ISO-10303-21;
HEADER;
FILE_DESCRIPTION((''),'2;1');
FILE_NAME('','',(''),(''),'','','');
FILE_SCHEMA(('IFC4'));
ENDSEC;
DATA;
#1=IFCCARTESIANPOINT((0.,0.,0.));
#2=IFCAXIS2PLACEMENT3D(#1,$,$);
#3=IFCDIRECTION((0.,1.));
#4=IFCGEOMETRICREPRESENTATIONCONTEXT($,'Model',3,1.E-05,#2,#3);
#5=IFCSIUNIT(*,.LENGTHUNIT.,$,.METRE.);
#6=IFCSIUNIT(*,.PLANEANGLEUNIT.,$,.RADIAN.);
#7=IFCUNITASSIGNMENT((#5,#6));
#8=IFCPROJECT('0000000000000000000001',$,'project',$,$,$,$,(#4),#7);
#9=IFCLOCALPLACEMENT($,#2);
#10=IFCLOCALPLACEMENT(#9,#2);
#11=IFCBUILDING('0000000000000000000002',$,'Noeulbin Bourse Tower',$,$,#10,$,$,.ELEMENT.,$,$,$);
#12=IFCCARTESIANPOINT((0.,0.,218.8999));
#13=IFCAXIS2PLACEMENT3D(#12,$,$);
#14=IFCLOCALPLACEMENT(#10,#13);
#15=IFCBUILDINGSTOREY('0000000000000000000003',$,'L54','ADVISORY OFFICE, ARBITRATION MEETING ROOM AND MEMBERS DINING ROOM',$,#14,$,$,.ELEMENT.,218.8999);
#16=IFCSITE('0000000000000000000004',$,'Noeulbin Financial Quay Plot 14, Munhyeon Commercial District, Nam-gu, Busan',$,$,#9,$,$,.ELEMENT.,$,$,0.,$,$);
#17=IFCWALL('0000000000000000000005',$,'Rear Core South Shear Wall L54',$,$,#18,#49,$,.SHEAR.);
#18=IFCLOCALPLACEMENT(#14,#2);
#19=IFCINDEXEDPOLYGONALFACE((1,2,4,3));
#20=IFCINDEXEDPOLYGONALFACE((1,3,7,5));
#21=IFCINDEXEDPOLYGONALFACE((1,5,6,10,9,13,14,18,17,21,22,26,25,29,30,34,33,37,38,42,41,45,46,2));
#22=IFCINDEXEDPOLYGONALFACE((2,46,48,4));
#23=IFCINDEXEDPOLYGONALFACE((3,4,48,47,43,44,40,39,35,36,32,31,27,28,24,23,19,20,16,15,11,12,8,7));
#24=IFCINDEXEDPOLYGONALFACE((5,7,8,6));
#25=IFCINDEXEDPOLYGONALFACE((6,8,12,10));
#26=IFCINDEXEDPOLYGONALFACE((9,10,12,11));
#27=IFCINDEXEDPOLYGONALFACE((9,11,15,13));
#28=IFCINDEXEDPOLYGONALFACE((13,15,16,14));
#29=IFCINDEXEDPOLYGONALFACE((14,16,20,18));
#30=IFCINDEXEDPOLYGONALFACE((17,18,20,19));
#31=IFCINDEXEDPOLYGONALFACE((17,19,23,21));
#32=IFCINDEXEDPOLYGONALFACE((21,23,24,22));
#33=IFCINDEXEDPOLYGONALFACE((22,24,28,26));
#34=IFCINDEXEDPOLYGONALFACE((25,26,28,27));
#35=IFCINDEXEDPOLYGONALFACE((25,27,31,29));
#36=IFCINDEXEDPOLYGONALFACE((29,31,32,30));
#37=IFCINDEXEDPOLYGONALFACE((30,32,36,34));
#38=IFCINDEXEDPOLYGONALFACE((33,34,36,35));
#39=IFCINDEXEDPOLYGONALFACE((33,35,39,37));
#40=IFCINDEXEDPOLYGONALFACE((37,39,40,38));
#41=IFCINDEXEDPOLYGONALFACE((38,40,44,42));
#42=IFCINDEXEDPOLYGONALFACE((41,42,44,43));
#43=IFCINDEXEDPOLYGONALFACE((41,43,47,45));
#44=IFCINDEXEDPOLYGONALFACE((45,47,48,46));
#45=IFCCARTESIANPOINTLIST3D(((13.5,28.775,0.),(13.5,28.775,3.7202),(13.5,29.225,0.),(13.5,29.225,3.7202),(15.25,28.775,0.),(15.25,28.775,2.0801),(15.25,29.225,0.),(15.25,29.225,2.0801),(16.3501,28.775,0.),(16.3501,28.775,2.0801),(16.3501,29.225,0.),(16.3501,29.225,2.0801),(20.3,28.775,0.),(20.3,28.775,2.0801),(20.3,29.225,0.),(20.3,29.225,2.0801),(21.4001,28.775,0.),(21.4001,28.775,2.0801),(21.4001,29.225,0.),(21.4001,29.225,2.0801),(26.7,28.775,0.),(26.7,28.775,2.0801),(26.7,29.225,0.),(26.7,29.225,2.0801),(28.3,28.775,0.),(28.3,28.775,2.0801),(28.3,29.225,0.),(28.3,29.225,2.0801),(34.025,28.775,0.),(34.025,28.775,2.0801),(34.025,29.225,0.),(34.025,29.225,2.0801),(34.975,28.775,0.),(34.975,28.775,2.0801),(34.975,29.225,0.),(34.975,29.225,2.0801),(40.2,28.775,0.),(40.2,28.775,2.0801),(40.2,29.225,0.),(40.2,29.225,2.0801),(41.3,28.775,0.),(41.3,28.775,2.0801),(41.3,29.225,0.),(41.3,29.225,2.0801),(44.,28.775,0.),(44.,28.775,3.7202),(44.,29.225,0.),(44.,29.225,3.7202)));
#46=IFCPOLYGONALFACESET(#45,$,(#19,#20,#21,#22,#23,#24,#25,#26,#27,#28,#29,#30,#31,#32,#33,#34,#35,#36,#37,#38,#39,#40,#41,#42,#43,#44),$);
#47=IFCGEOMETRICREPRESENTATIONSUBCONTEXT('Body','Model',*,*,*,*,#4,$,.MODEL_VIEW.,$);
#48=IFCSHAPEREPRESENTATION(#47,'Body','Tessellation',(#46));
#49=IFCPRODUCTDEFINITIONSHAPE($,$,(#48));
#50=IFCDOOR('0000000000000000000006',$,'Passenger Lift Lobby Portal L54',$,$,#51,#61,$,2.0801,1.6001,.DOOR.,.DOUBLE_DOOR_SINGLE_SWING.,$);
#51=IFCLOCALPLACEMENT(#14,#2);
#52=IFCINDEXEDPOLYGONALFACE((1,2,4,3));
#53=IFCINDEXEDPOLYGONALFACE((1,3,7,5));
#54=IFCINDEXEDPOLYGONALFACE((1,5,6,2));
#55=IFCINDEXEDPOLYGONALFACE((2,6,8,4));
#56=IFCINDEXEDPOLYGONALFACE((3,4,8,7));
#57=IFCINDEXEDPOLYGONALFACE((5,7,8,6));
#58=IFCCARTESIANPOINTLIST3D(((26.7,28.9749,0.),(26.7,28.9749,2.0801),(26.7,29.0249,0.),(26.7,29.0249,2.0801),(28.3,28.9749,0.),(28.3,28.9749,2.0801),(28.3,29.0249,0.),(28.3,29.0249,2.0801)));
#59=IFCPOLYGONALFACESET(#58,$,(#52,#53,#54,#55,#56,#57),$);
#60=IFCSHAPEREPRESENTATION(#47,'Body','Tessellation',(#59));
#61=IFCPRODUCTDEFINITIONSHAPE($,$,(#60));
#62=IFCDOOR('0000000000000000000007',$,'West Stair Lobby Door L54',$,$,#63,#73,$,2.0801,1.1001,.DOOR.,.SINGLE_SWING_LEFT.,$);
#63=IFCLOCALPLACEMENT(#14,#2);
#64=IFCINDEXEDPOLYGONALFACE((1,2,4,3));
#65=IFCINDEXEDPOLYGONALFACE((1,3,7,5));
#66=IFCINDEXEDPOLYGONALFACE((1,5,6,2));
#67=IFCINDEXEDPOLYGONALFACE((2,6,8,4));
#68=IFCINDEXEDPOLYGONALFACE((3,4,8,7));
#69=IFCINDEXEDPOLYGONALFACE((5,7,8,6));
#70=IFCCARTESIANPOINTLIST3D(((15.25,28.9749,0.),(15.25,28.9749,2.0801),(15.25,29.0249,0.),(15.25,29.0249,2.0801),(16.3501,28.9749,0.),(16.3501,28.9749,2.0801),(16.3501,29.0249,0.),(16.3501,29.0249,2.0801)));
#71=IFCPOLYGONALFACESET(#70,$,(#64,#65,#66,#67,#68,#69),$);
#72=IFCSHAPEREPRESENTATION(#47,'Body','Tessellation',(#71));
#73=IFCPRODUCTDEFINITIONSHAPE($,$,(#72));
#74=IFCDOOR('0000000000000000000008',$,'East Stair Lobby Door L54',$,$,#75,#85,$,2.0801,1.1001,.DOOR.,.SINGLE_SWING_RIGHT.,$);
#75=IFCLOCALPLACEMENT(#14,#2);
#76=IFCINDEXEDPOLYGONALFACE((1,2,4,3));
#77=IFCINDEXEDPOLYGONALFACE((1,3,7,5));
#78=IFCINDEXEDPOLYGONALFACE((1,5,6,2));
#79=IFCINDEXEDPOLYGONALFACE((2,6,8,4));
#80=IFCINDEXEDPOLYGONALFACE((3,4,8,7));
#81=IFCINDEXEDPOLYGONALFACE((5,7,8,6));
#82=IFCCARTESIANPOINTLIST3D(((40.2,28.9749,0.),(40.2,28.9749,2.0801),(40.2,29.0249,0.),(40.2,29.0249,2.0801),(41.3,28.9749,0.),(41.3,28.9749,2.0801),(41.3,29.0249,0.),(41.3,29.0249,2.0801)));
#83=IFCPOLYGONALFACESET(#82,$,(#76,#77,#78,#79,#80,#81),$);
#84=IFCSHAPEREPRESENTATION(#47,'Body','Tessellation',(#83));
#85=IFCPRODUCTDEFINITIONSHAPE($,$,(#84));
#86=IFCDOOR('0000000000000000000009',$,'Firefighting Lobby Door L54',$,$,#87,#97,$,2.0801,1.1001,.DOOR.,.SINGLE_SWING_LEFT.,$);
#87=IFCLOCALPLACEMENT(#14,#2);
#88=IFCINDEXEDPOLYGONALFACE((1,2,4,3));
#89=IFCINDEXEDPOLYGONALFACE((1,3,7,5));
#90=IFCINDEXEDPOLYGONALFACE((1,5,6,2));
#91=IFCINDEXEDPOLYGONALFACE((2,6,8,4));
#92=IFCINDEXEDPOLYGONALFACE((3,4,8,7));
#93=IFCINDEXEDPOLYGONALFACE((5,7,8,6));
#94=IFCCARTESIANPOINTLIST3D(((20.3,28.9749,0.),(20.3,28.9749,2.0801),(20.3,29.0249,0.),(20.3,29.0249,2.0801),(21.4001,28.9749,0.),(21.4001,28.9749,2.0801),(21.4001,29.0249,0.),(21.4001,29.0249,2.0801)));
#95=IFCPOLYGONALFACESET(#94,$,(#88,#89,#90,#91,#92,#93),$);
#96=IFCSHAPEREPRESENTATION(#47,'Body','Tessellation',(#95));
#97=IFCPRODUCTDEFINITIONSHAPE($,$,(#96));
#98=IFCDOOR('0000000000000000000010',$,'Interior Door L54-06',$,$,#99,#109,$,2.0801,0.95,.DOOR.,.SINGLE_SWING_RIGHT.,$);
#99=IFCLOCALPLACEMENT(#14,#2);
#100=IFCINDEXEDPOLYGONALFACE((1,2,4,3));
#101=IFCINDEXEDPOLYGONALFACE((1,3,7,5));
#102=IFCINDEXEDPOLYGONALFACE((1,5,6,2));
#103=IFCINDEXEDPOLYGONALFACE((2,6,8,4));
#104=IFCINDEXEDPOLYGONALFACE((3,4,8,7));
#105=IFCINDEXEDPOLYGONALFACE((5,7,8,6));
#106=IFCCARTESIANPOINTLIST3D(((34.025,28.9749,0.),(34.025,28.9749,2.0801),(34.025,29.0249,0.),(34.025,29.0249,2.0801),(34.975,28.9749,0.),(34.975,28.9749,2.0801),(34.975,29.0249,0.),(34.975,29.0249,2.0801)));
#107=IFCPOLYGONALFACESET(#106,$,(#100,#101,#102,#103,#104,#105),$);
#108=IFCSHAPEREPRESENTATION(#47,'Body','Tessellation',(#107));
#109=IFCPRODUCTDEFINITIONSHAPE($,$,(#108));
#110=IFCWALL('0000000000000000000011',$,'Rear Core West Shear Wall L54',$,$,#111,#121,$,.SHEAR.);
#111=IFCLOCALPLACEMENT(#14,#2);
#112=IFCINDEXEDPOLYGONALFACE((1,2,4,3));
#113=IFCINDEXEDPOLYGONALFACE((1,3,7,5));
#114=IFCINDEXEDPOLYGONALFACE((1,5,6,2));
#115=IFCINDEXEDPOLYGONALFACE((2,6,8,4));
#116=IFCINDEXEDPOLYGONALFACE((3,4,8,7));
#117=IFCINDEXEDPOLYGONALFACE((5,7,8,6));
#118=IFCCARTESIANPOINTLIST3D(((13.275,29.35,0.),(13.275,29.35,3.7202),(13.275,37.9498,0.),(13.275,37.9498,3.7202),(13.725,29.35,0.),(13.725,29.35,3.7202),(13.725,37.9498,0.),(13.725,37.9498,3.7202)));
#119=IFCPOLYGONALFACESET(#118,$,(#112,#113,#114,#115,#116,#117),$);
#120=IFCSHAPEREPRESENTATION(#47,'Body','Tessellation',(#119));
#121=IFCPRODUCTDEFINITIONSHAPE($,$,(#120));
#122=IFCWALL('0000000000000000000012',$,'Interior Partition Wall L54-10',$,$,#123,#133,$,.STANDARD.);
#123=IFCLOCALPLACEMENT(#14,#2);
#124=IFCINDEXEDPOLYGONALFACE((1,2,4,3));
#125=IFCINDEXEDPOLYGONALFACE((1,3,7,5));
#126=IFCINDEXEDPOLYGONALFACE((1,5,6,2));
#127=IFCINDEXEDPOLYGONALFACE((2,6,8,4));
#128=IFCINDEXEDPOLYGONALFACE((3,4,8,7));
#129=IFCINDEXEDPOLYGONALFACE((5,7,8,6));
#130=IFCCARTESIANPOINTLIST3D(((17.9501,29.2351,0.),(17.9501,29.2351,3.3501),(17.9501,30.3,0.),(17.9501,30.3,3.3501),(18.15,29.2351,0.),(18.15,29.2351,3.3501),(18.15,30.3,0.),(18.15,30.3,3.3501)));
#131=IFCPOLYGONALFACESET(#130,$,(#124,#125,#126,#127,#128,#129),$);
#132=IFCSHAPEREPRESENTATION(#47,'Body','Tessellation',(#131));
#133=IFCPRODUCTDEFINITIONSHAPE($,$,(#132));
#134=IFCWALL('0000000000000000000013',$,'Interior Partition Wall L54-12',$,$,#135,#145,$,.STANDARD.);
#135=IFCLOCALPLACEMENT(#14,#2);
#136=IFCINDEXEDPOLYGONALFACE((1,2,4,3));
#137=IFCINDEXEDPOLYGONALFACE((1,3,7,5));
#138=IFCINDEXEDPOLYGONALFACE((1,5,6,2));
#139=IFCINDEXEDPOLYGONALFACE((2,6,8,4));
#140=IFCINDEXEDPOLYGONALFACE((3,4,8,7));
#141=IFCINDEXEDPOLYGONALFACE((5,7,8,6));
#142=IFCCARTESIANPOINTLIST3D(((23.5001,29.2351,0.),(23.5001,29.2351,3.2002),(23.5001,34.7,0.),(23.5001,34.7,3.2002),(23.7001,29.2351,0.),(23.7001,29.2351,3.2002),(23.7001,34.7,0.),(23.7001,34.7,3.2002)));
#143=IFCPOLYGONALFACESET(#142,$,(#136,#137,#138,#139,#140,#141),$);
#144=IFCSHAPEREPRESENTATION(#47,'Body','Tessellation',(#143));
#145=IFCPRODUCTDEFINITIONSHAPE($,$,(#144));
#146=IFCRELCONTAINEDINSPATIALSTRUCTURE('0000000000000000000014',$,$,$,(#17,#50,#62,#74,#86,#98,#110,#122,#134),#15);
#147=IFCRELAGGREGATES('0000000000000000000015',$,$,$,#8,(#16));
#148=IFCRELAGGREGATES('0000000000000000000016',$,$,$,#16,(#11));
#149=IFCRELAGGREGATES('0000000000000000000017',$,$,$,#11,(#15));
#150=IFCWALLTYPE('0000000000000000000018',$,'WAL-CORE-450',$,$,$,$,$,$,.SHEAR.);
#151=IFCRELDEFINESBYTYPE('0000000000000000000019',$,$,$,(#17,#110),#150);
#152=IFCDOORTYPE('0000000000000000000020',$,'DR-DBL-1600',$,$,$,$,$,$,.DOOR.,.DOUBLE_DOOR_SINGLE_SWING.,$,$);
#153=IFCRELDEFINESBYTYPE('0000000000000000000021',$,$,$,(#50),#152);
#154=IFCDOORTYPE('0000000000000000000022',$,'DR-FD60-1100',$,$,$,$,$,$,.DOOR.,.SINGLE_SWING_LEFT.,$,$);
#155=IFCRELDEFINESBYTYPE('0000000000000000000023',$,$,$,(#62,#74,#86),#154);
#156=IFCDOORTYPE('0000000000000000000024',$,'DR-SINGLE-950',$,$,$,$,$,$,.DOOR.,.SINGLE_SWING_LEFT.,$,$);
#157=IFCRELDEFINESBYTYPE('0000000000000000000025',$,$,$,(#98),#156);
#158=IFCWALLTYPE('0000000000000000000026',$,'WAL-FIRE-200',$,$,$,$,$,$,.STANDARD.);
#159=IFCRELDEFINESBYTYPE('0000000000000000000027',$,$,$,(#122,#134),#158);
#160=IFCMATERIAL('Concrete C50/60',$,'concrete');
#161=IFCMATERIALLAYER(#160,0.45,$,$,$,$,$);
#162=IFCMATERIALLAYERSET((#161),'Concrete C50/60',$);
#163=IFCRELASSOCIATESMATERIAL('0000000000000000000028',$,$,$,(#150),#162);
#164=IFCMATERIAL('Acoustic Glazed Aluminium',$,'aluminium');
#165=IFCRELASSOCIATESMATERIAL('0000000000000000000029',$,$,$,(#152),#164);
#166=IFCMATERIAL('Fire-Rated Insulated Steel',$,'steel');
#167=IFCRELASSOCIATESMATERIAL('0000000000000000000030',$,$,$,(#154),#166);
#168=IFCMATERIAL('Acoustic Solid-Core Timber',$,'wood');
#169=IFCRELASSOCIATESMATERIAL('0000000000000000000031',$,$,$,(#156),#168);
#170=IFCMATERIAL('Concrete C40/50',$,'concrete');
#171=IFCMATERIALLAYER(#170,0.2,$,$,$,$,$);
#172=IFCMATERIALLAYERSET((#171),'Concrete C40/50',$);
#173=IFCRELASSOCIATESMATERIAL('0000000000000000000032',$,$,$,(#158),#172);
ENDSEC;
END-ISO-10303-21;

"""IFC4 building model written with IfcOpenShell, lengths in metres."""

from ifc_helpers import new_model, si_unit, direction, frame, frame_2d, origin, place, context, subcontext, project, spatial, rectangle, extrude, material, layer, layer_set, type_object, element, fill, save


model = new_model("IFC4")

# Units and contexts
model_context = context("Model", 3, precision=1e-05, world=origin(), true_north=direction((0.0, 1.0)))
body_context = subcontext(model_context, "Body", "Model", "MODEL_VIEW")
ifc_project = project(units=[si_unit("LENGTHUNIT", "METRE"), si_unit("PLANEANGLEUNIT", "RADIAN")], contexts=[model_context])

# Site, building, storey
site_placement = place(None, origin())
site = spatial("IfcSite", under=ifc_project, at=site_placement, Name="Noeulbin Financial Quay Plot 14, Munhyeon Commercial District, Nam-gu, Busan", CompositionType="ELEMENT", RefElevation=0.0)
building_placement = place(site_placement, origin())
building = spatial("IfcBuilding", under=site, at=building_placement, Name="Noeulbin Bourse Tower", CompositionType="ELEMENT")
storey_placement = place(building_placement, frame((0.0, 0.0, 218.8999)))
storey = spatial("IfcBuildingStorey", under=building, at=storey_placement, Name="L54", Description="ADVISORY OFFICE, ARBITRATION MEETING ROOM AND MEMBERS DINING ROOM", CompositionType="ELEMENT", Elevation=218.8999)

# Wall, openings, doors
ifc_material_1 = material(Name="Concrete C50/60", Category="concrete")
ifc_layer_1 = layer(ifc_material_1, 0.45)
ifc_layer_set_1 = layer_set([ifc_layer_1], Name="Concrete C50/60")
wall_type_1 = type_object("IfcWallType", Name="WAL-CORE-450", PredefinedType="SHEAR", material=ifc_layer_set_1)
wall_1_placement = place(storey_placement, frame((13.5, 29.0, 0.0), z_axis=(0.0, 0.0, 1.0), x_axis=(1.0, 0.0, 0.0)))
wall_1 = element("IfcWall", 1, at=wall_1_placement, inside=storey, type_object=wall_type_1, Name="Rear Core South Shear Wall L54", PredefinedType="SHEAR", context=body_context, shape_type="SweptSolid", body=[
    extrude(rectangle(XDim=30.5, YDim=0.45, at=frame_2d((15.25, 0.0))), origin(), (0.0, 0.0, 1.0), 3.7202),
])
opening_1_placement = place(wall_1_placement, frame((1.75, 0.0, 0.0)))
opening_1 = element("IfcOpeningElement", 2, at=opening_1_placement, cuts=wall_1, PredefinedType="OPENING", context=body_context, shape_type="SweptSolid", body=[
    extrude(rectangle(XDim=1.1001, YDim=2.0801, at=frame_2d((0.55, 1.04))), frame((0.0, 0.2349, 0.0), z_axis=(0.0, -1.0, 0.0), x_axis=(1.0, 0.0, 0.0)), (0.0, 0.0, 1.0), 0.47),
])
opening_2_placement = place(wall_1_placement, frame((26.7, 0.0, 0.0)))
opening_2 = element("IfcOpeningElement", 3, at=opening_2_placement, cuts=wall_1, PredefinedType="OPENING", context=body_context, shape_type="SweptSolid", body=[
    extrude(rectangle(XDim=1.1001, YDim=2.0801, at=frame_2d((0.55, 1.04))), frame((0.0, 0.2349, 0.0), z_axis=(0.0, -1.0, 0.0), x_axis=(1.0, 0.0, 0.0)), (0.0, 0.0, 1.0), 0.47),
])
opening_3_placement = place(wall_1_placement, frame((6.8, 0.0, 0.0)))
opening_3 = element("IfcOpeningElement", 4, at=opening_3_placement, cuts=wall_1, PredefinedType="OPENING", context=body_context, shape_type="SweptSolid", body=[
    extrude(rectangle(XDim=1.1001, YDim=2.0801, at=frame_2d((0.55, 1.04))), frame((0.0, 0.2349, 0.0), z_axis=(0.0, -1.0, 0.0), x_axis=(1.0, 0.0, 0.0)), (0.0, 0.0, 1.0), 0.47),
])
opening_4_placement = place(wall_1_placement, frame((13.2, 0.0, 0.0)))
opening_4 = element("IfcOpeningElement", 5, at=opening_4_placement, cuts=wall_1, PredefinedType="OPENING", context=body_context, shape_type="SweptSolid", body=[
    extrude(rectangle(XDim=1.6001, YDim=2.0801, at=frame_2d((0.8, 1.04))), frame((0.0, 0.2349, 0.0), z_axis=(0.0, -1.0, 0.0), x_axis=(1.0, 0.0, 0.0)), (0.0, 0.0, 1.0), 0.47),
])
opening_5_placement = place(wall_1_placement, frame((20.5249, 0.0, 0.0)))
opening_5 = element("IfcOpeningElement", 6, at=opening_5_placement, cuts=wall_1, PredefinedType="OPENING", context=body_context, shape_type="SweptSolid", body=[
    extrude(rectangle(XDim=0.95, YDim=2.0801, at=frame_2d((0.4751, 1.04))), frame((0.0, 0.2349, 0.0), z_axis=(0.0, -1.0, 0.0), x_axis=(1.0, 0.0, 0.0)), (0.0, 0.0, 1.0), 0.47),
])
ifc_material_2 = material(Name="Acoustic Glazed Aluminium", Category="aluminium")
door_type_1 = type_object("IfcDoorType", Name="DR-DBL-1600", OperationType="DOUBLE_DOOR_SINGLE_SWING", PredefinedType="DOOR", material=ifc_material_2)
door_1_placement = place(opening_4_placement, origin())
door_1 = element("IfcDoor", 7, at=door_1_placement, inside=storey, type_object=door_type_1, Name="Passenger Lift Lobby Portal L54", OperationType="DOUBLE_DOOR_SINGLE_SWING", OverallHeight=2.0801, OverallWidth=1.6001, PredefinedType="DOOR", context=body_context, shape_type="SweptSolid", body=[
    extrude(rectangle(XDim=1.6001, YDim=2.0801, at=frame_2d((0.8, 1.04))), frame((0.0, 0.0249, 0.0), z_axis=(0.0, -1.0, 0.0), x_axis=(1.0, 0.0, 0.0)), (0.0, 0.0, 1.0), 0.05),
])
fill(opening_4, door_1)
ifc_material_3 = material(Name="Fire-Rated Insulated Steel", Category="steel")
door_type_2 = type_object("IfcDoorType", Name="DR-FD60-1100", OperationType="SINGLE_SWING_LEFT", PredefinedType="DOOR", material=ifc_material_3)
door_2_placement = place(opening_1_placement, origin())
door_2 = element("IfcDoor", 8, at=door_2_placement, inside=storey, type_object=door_type_2, Name="West Stair Lobby Door L54", OperationType="SINGLE_SWING_LEFT", OverallHeight=2.0801, OverallWidth=1.1001, PredefinedType="DOOR", context=body_context, shape_type="SweptSolid", body=[
    extrude(rectangle(XDim=1.1001, YDim=2.0801, at=frame_2d((0.55, 1.04))), frame((0.0, 0.0249, 0.0), z_axis=(0.0, -1.0, 0.0), x_axis=(1.0, 0.0, 0.0)), (0.0, 0.0, 1.0), 0.05),
])
fill(opening_1, door_2)
door_3_placement = place(opening_2_placement, origin())
door_3 = element("IfcDoor", 9, at=door_3_placement, inside=storey, type_object=door_type_2, Name="East Stair Lobby Door L54", OperationType="SINGLE_SWING_RIGHT", OverallHeight=2.0801, OverallWidth=1.1001, PredefinedType="DOOR", context=body_context, shape_type="SweptSolid", body=[
    extrude(rectangle(XDim=1.1001, YDim=2.0801, at=frame_2d((0.55, 1.04))), frame((0.0, 0.0249, 0.0), z_axis=(0.0, -1.0, 0.0), x_axis=(1.0, 0.0, 0.0)), (0.0, 0.0, 1.0), 0.05),
])
fill(opening_2, door_3)
door_4_placement = place(opening_3_placement, origin())
door_4 = element("IfcDoor", 10, at=door_4_placement, inside=storey, type_object=door_type_2, Name="Firefighting Lobby Door L54", OperationType="SINGLE_SWING_LEFT", OverallHeight=2.0801, OverallWidth=1.1001, PredefinedType="DOOR", context=body_context, shape_type="SweptSolid", body=[
    extrude(rectangle(XDim=1.1001, YDim=2.0801, at=frame_2d((0.55, 1.04))), frame((0.0, 0.0249, 0.0), z_axis=(0.0, -1.0, 0.0), x_axis=(1.0, 0.0, 0.0)), (0.0, 0.0, 1.0), 0.05),
])
fill(opening_3, door_4)
ifc_material_4 = material(Name="Acoustic Solid-Core Timber", Category="wood")
door_type_3 = type_object("IfcDoorType", Name="DR-SINGLE-950", OperationType="SINGLE_SWING_LEFT", PredefinedType="DOOR", material=ifc_material_4)
door_5_placement = place(opening_5_placement, origin())
door_5 = element("IfcDoor", 11, at=door_5_placement, inside=storey, type_object=door_type_3, Name="Interior Door L54-06", OperationType="SINGLE_SWING_RIGHT", OverallHeight=2.0801, OverallWidth=0.95, PredefinedType="DOOR", context=body_context, shape_type="SweptSolid", body=[
    extrude(rectangle(XDim=0.95, YDim=2.0801, at=frame_2d((0.4751, 1.04))), frame((0.0, 0.0249, 0.0), z_axis=(0.0, -1.0, 0.0), x_axis=(1.0, 0.0, 0.0)), (0.0, 0.0, 1.0), 0.05),
])
fill(opening_5, door_5)

# Walls
wall_2_placement = place(storey_placement, frame((13.5, 29.3501, 0.0), z_axis=(0.0, 0.0, 1.0), x_axis=(0.0, 1.0, 0.0)))
element("IfcWall", 12, at=wall_2_placement, inside=storey, type_object=wall_type_1, Name="Rear Core West Shear Wall L54", PredefinedType="SHEAR", context=body_context, shape_type="SweptSolid", body=[
    extrude(rectangle(XDim=8.5999, YDim=0.45, at=frame_2d((4.2998, 0.0))), origin(), (0.0, 0.0, 1.0), 3.7202),
])
ifc_material_5 = material(Name="Concrete C40/50", Category="concrete")
ifc_layer_2 = layer(ifc_material_5, 0.2)
ifc_layer_set_2 = layer_set([ifc_layer_2], Name="Concrete C40/50")
wall_type_2 = type_object("IfcWallType", Name="WAL-FIRE-200", PredefinedType="STANDARD", material=ifc_layer_set_2)
wall_3_placement = place(storey_placement, frame((18.05, 29.2351, 0.0), z_axis=(0.0, 0.0, 1.0), x_axis=(0.0, 1.0, 0.0)))
element("IfcWall", 13, at=wall_3_placement, inside=storey, type_object=wall_type_2, Name="Interior Partition Wall L54-10", PredefinedType="STANDARD", context=body_context, shape_type="SweptSolid", body=[
    extrude(rectangle(XDim=1.0649, YDim=0.2, at=frame_2d((0.5325, 0.0))), origin(), (0.0, 0.0, 1.0), 3.3501),
])
wall_4_placement = place(storey_placement, frame((23.6001, 29.2351, 0.0), z_axis=(0.0, 0.0, 1.0), x_axis=(0.0, 1.0, 0.0)))
element("IfcWall", 14, at=wall_4_placement, inside=storey, type_object=wall_type_2, Name="Interior Partition Wall L54-12", PredefinedType="STANDARD", context=body_context, shape_type="SweptSolid", body=[
    extrude(rectangle(XDim=5.4648, YDim=0.2, at=frame_2d((2.7324, 0.0))), origin(), (0.0, 0.0, 1.0), 3.2002),
])

save(model, "model.ifc")
